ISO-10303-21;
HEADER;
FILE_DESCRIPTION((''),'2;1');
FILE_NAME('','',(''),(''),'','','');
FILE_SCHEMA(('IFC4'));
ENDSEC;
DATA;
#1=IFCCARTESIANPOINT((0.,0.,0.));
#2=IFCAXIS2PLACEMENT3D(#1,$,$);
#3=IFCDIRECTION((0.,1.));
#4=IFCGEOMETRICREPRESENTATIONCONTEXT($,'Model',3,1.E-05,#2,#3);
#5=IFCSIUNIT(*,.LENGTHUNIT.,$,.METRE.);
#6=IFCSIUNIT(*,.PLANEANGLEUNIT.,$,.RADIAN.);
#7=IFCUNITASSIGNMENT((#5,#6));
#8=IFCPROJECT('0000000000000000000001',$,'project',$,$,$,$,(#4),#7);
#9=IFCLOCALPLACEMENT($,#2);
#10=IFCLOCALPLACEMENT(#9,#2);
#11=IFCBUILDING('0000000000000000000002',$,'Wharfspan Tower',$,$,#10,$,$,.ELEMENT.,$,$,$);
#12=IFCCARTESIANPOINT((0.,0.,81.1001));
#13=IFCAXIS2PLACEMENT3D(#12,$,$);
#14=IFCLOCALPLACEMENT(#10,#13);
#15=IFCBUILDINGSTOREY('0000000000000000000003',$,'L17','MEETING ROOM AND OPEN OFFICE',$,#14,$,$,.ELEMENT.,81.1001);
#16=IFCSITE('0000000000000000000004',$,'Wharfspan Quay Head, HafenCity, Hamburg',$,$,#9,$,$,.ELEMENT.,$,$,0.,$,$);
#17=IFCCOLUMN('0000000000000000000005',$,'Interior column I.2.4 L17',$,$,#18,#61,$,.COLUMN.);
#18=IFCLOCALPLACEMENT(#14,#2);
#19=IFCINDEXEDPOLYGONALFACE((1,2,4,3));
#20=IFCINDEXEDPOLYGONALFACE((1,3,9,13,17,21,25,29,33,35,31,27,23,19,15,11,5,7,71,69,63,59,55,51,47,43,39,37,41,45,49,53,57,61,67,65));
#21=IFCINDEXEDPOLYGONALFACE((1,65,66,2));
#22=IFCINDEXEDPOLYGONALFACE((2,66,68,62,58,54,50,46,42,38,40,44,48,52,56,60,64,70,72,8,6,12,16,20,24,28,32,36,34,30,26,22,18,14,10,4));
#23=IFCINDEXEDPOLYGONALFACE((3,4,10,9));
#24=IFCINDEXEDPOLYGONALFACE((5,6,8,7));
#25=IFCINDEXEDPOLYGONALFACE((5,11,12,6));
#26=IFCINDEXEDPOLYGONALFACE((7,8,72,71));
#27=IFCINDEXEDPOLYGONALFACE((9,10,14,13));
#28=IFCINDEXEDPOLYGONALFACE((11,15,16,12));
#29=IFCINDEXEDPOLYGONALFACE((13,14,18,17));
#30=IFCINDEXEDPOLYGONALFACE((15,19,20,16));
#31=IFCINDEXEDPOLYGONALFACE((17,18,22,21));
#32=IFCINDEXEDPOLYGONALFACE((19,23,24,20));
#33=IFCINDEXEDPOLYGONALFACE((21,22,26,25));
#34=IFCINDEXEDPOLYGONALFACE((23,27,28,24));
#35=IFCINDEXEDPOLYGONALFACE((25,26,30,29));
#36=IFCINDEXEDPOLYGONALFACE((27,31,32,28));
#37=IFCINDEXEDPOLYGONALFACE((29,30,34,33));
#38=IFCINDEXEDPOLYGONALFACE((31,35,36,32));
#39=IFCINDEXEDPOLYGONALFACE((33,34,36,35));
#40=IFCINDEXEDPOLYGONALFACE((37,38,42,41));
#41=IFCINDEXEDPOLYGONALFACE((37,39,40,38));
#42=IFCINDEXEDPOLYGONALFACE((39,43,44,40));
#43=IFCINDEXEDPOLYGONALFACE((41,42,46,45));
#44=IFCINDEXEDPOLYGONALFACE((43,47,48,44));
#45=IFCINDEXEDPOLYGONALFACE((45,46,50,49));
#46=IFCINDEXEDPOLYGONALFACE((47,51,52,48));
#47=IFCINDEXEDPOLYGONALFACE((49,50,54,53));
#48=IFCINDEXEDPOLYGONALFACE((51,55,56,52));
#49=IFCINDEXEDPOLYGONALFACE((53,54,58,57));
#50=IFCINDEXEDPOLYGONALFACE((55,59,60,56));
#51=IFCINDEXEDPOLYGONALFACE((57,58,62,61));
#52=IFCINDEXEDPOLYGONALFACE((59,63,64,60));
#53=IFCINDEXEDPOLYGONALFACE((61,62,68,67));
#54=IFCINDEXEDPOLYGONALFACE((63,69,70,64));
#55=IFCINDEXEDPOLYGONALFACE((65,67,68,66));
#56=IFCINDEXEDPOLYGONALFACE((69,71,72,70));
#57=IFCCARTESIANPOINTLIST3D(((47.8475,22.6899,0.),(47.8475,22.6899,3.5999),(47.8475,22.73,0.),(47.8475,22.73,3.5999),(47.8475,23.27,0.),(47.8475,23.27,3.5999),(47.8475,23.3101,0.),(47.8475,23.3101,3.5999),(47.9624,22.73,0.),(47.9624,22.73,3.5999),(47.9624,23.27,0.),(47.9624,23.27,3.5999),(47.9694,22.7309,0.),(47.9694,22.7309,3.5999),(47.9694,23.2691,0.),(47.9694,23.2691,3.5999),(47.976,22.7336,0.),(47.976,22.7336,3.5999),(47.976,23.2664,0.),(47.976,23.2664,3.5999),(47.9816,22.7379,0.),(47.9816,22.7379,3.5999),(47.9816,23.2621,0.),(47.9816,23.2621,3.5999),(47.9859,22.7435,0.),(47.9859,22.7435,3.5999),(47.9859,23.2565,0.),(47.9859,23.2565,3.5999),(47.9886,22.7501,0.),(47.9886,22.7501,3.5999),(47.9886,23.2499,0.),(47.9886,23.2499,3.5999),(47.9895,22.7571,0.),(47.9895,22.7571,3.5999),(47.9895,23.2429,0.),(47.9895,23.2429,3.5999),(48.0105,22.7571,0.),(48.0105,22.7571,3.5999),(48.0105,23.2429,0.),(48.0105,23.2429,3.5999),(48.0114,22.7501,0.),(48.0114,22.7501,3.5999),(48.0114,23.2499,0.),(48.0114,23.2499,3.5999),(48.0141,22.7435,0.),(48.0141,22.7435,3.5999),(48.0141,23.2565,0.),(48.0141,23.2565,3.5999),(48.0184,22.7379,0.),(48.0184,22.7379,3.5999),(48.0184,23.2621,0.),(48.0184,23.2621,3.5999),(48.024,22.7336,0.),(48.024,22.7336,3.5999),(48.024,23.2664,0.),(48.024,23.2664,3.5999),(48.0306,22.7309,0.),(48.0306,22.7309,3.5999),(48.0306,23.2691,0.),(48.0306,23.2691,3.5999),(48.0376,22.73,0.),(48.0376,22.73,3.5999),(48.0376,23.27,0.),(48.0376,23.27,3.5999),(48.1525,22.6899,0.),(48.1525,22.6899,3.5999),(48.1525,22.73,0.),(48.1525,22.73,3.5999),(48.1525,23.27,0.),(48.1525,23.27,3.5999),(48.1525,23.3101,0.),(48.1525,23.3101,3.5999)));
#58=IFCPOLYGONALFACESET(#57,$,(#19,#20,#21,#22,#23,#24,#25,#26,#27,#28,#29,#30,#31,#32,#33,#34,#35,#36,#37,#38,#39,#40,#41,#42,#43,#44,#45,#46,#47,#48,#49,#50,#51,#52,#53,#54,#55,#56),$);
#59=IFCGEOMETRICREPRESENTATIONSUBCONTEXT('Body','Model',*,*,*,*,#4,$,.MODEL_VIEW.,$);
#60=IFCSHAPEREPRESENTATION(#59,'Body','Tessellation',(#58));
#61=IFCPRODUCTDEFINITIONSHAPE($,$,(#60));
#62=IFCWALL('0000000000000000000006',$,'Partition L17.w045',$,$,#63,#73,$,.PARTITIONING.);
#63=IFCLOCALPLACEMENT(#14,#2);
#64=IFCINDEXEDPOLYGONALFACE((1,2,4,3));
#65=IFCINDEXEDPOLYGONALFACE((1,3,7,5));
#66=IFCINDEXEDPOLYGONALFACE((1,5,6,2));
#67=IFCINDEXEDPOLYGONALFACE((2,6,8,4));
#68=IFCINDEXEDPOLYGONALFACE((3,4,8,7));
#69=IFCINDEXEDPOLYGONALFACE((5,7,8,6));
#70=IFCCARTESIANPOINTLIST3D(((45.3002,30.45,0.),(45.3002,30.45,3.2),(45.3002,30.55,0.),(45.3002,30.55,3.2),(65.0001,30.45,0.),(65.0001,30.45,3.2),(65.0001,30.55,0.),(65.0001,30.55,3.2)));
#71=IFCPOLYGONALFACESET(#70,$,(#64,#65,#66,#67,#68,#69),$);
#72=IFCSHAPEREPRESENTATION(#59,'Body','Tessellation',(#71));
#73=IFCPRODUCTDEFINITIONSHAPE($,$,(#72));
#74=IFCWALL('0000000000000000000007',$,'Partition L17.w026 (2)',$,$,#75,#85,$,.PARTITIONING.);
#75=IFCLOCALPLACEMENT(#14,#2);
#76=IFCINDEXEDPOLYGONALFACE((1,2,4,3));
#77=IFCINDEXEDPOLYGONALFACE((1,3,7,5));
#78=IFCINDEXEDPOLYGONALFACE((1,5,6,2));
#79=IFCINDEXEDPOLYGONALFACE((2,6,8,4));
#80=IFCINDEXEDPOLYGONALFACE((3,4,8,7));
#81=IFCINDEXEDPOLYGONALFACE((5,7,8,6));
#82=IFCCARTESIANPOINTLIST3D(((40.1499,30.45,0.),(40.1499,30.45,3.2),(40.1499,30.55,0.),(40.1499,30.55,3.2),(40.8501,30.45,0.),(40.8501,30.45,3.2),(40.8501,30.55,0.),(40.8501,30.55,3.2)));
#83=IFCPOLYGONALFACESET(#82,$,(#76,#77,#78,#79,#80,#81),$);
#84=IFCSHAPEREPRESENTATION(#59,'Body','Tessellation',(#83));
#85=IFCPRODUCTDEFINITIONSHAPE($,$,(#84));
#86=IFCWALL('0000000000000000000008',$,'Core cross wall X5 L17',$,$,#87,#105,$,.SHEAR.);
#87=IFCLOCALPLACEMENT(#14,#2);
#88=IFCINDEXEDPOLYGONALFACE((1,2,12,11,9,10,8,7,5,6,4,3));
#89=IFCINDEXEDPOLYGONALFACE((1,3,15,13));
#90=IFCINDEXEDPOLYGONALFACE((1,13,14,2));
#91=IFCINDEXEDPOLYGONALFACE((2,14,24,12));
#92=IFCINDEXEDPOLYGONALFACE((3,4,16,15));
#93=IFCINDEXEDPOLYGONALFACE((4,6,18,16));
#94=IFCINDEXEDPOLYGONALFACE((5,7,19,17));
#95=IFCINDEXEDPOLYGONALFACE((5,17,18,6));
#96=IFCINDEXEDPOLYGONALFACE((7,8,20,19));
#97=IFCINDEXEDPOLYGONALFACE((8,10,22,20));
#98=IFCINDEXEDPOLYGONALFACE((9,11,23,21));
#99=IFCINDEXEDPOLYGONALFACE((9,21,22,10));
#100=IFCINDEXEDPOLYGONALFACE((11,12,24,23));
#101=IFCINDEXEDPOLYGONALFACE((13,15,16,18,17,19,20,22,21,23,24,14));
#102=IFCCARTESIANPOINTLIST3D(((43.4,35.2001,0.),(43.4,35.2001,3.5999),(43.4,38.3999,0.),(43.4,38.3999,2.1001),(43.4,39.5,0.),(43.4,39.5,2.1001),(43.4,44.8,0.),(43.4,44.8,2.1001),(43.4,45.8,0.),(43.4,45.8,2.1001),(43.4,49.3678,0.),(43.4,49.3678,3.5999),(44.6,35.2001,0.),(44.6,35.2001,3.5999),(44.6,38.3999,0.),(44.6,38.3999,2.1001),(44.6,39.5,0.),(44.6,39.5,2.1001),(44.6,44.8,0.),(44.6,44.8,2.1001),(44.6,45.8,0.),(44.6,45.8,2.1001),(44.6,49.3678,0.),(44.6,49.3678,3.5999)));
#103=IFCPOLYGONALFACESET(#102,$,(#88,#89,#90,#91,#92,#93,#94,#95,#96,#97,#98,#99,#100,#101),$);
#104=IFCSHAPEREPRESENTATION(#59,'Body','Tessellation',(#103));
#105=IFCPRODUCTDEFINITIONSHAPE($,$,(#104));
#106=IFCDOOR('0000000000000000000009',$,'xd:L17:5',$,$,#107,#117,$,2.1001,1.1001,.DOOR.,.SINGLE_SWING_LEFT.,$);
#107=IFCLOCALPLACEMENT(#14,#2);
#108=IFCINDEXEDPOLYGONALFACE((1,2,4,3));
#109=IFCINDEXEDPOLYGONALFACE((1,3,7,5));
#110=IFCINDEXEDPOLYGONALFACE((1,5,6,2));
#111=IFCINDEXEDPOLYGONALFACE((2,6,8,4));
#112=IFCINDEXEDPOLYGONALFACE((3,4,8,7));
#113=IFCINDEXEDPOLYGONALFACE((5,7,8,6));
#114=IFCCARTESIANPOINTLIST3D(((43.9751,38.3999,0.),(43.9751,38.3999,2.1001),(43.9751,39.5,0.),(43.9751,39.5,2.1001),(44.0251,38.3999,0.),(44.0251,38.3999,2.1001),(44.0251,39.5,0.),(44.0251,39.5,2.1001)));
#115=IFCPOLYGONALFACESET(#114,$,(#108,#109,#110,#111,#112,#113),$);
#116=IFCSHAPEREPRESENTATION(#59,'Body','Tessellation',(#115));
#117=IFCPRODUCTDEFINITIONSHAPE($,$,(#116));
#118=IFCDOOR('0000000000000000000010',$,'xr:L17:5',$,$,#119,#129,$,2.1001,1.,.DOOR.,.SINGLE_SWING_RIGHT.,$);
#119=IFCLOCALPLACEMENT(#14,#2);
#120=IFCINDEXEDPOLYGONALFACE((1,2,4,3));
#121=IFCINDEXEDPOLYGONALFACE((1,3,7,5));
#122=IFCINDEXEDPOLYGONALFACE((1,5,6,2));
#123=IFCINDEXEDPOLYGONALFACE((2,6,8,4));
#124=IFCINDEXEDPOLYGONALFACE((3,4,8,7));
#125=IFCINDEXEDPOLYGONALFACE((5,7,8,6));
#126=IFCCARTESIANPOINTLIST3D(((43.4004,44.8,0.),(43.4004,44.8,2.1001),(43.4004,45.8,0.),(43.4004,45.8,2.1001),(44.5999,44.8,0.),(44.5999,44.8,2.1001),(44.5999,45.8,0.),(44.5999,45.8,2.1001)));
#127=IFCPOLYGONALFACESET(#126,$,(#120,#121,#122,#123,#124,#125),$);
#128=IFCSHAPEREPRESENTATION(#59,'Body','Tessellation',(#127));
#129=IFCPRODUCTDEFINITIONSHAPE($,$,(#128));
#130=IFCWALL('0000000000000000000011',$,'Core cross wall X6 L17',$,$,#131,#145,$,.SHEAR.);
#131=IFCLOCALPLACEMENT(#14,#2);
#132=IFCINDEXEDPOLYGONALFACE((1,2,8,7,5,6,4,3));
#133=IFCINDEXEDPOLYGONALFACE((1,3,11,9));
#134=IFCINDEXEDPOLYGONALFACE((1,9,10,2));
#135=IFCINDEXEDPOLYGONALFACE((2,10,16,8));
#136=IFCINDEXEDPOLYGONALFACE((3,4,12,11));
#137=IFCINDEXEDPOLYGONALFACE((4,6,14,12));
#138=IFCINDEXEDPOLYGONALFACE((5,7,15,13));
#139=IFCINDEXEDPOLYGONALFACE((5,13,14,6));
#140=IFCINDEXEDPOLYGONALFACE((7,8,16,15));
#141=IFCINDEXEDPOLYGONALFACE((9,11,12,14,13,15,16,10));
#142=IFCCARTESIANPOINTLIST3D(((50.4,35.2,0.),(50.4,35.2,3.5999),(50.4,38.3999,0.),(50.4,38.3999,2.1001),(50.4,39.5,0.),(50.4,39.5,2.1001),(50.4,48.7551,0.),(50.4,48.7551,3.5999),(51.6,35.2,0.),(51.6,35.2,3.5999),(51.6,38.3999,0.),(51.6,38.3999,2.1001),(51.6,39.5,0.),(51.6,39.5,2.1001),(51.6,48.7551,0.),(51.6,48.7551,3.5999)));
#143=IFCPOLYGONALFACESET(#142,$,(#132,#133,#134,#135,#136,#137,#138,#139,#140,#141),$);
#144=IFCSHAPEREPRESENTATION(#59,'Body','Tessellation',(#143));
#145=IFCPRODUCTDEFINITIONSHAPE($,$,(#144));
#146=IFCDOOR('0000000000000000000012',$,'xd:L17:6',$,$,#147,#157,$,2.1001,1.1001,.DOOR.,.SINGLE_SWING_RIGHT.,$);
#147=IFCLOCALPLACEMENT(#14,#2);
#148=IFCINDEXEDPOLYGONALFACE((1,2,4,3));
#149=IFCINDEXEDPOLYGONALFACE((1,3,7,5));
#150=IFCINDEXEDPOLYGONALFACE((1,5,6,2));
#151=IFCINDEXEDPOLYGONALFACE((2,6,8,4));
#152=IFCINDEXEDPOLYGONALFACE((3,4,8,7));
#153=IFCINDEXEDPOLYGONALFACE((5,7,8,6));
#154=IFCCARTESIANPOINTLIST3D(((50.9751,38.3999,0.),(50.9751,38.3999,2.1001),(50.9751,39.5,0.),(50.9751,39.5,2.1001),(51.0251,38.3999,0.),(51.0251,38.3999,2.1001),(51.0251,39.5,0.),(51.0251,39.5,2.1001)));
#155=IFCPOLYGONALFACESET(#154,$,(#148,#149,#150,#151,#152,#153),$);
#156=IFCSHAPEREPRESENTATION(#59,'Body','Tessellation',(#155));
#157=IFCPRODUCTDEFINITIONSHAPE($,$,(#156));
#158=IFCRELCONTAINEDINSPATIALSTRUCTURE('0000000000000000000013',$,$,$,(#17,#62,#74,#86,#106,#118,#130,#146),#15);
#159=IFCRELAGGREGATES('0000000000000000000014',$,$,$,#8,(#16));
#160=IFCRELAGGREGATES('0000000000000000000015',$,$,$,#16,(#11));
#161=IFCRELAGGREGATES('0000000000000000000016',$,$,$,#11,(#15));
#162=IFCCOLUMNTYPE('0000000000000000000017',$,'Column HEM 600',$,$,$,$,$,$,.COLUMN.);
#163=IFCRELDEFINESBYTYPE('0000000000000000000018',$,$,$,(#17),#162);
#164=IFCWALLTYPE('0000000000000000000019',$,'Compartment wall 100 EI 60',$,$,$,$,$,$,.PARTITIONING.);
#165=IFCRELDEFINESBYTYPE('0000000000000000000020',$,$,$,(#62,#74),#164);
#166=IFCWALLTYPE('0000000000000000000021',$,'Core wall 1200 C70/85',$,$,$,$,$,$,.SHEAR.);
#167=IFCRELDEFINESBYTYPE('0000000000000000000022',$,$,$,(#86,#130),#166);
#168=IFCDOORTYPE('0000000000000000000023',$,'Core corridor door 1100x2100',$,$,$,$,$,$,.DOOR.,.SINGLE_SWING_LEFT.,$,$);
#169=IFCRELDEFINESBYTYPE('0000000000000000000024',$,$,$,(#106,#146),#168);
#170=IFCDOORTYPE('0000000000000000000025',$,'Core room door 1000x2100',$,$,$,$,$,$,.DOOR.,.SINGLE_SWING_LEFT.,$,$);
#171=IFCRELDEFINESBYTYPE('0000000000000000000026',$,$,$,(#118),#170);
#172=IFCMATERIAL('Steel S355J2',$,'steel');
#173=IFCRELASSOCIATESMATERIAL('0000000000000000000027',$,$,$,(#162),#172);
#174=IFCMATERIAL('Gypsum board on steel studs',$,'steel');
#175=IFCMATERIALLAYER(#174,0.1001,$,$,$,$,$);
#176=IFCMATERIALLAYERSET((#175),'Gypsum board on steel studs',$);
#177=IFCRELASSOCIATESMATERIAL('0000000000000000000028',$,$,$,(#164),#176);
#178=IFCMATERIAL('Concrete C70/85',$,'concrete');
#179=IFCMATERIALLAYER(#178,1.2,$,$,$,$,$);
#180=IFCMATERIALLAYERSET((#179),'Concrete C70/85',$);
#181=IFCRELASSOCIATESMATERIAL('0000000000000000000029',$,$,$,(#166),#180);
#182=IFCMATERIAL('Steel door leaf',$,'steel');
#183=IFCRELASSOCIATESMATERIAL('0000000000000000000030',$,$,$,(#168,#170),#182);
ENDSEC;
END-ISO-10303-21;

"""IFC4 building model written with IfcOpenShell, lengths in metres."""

from ifc_helpers import new_model, si_unit, direction, frame, frame_2d, origin, origin_2d, place, context, subcontext, project, spatial, rectangle, i_section, extrude, material, layer, layer_set, material_profile, profile_set, type_object, element, fill, save


model = new_model("IFC4")

# Units and contexts
model_context = context("Model", 3, precision=1e-05, world=origin(), true_north=direction((0.0, 1.0)))
body_context = subcontext(model_context, "Body", "Model", "MODEL_VIEW")
ifc_project = project(units=[si_unit("LENGTHUNIT", "METRE"), si_unit("PLANEANGLEUNIT", "RADIAN")], contexts=[model_context])

# Site, building, storey
site_placement = place(None, origin())
site = spatial("IfcSite", under=ifc_project, at=site_placement, Name="Wharfspan Quay Head, HafenCity, Hamburg", CompositionType="ELEMENT", RefElevation=0.0)
building_placement = place(site_placement, origin())
building = spatial("IfcBuilding", under=site, at=building_placement, Name="Wharfspan Tower", CompositionType="ELEMENT")
storey_placement = place(building_placement, frame((0.0, 0.0, 81.1001)))
storey = spatial("IfcBuildingStorey", under=building, at=storey_placement, Name="L17", Description="MEETING ROOM AND OPEN OFFICE", CompositionType="ELEMENT", Elevation=81.1001)

# Column
ifc_material_1 = material(Name="Steel S355J2", Category="steel")
ifc_material_profile = material_profile(ifc_material_1, i_section(OverallWidth=0.3049, OverallDepth=0.6201, WebThickness=0.021, FlangeThickness=0.04, FilletRadius=0.0271, at=origin_2d()))
ifc_profile_set = profile_set([ifc_material_profile], Name="Steel S355J2")
column_type = type_object("IfcColumnType", Name="Column HEM 600", PredefinedType="COLUMN", material=ifc_profile_set)
column_placement = place(storey_placement, frame((48.0, 23.0, 0.0), z_axis=(0.0, 0.0, 1.0), x_axis=(1.0, 0.0, 0.0)))
element("IfcColumn", 1, at=column_placement, inside=storey, type_object=column_type, Name="Interior column I.2.4 L17", PredefinedType="COLUMN", context=body_context, shape_type="SweptSolid", body=[
    extrude(i_section(OverallWidth=0.3049, OverallDepth=0.6201, WebThickness=0.021, FlangeThickness=0.04, FilletRadius=0.0271, at=origin_2d()), origin(), (0.0, 0.0, 1.0), 3.5999),
])

# Walls
ifc_material_2 = material(Name="Gypsum board on steel studs", Category="steel")
ifc_layer_1 = layer(ifc_material_2, 0.1001)
ifc_layer_set_1 = layer_set([ifc_layer_1], Name="Gypsum board on steel studs")
wall_type_1 = type_object("IfcWallType", Name="Compartment wall 100 EI 60", PredefinedType="PARTITIONING", material=ifc_layer_set_1)
wall_1_placement = place(storey_placement, frame((45.3, 30.5, 0.0), z_axis=(0.0, 0.0, 1.0), x_axis=(1.0, 0.0, 0.0)))
element("IfcWall", 2, at=wall_1_placement, inside=storey, type_object=wall_type_1, Name="Partition L17.w045", PredefinedType="PARTITIONING", context=body_context, shape_type="SweptSolid", body=[
    extrude(rectangle(XDim=19.7, YDim=0.1001, at=frame_2d((9.8501, 0.0))), origin(), (0.0, 0.0, 1.0), 3.2),
])
wall_2_placement = place(storey_placement, frame((40.1499, 30.5, 0.0), z_axis=(0.0, 0.0, 1.0), x_axis=(1.0, 0.0, 0.0)))
element("IfcWall", 3, at=wall_2_placement, inside=storey, type_object=wall_type_1, Name="Partition L17.w026 (2)", PredefinedType="PARTITIONING", context=body_context, shape_type="SweptSolid", body=[
    extrude(rectangle(XDim=0.7002, YDim=0.1001, at=frame_2d((0.3501, 0.0))), origin(), (0.0, 0.0, 1.0), 3.2),
])

# Wall, openings, doors
ifc_material_3 = material(Name="Concrete C70/85", Category="concrete")
ifc_layer_2 = layer(ifc_material_3, 1.2)
ifc_layer_set_2 = layer_set([ifc_layer_2], Name="Concrete C70/85")
wall_type_2 = type_object("IfcWallType", Name="Core wall 1200 C70/85", PredefinedType="SHEAR", material=ifc_layer_set_2)
wall_3_placement = place(storey_placement, frame((44.0, 35.2, 0.0), z_axis=(0.0, 0.0, 1.0), x_axis=(0.0, 1.0, 0.0)))
wall_3 = element("IfcWall", 4, at=wall_3_placement, inside=storey, type_object=wall_type_2, Name="Core cross wall X5 L17", PredefinedType="SHEAR", context=body_context, shape_type="SweptSolid", body=[
    extrude(rectangle(XDim=14.1677, YDim=1.2, at=frame_2d((7.084, 0.0))), origin(), (0.0, 0.0, 1.0), 3.5999),
])
opening_1_placement = place(wall_3_placement, frame((3.2, 0.0, 0.0)))
opening_1 = element("IfcOpeningElement", 5, at=opening_1_placement, cuts=wall_3, PredefinedType="OPENING", context=body_context, shape_type="SweptSolid", body=[
    extrude(rectangle(XDim=1.1001, YDim=2.1001, at=frame_2d((0.55, 1.05))), frame((0.0, 0.6099, 0.0), z_axis=(0.0, -1.0, 0.0), x_axis=(1.0, 0.0, 0.0)), (0.0, 0.0, 1.0), 1.22),
])
opening_2_placement = place(wall_3_placement, frame((9.6001, 0.0, 0.0)))
opening_2 = element("IfcOpeningElement", 6, at=opening_2_placement, cuts=wall_3, PredefinedType="OPENING", context=body_context, shape_type="SweptSolid", body=[
    extrude(rectangle(XDim=1.0, YDim=2.1001, at=frame_2d((0.5, 1.05))), frame((0.0, 0.6099, 0.0), z_axis=(0.0, -1.0, 0.0), x_axis=(1.0, 0.0, 0.0)), (0.0, 0.0, 1.0), 1.22),
])
ifc_material_4 = material(Name="Steel door leaf", Category="steel")
door_type_1 = type_object("IfcDoorType", Name="Core corridor door 1100x2100", OperationType="SINGLE_SWING_LEFT", PredefinedType="DOOR", material=ifc_material_4)
door_1_placement = place(opening_1_placement, origin())
door_1 = element("IfcDoor", 7, at=door_1_placement, inside=storey, type_object=door_type_1, Name="xd:L17:5", OperationType="SINGLE_SWING_LEFT", OverallHeight=2.1001, OverallWidth=1.1001, PredefinedType="DOOR", context=body_context, shape_type="SweptSolid", body=[
    extrude(rectangle(XDim=1.1001, YDim=2.1001, at=frame_2d((0.55, 1.05))), frame((0.0, 0.0249, 0.0), z_axis=(0.0, -1.0, 0.0), x_axis=(1.0, 0.0, 0.0)), (0.0, 0.0, 1.0), 0.05),
])
fill(opening_1, door_1)
door_type_2 = type_object("IfcDoorType", Name="Core room door 1000x2100", OperationType="SINGLE_SWING_LEFT", PredefinedType="DOOR", material=ifc_material_4)
door_2_placement = place(opening_2_placement, origin())
door_2 = element("IfcDoor", 8, at=door_2_placement, inside=storey, type_object=door_type_2, Name="xr:L17:5", OperationType="SINGLE_SWING_RIGHT", OverallHeight=2.1001, OverallWidth=1.0, PredefinedType="DOOR", context=body_context, shape_type="SweptSolid", body=[
    extrude(rectangle(XDim=1.0, YDim=2.1001, at=frame_2d((0.5, 1.05))), frame((0.0, 0.5996, 0.0), z_axis=(0.0, -1.0, 0.0), x_axis=(1.0, 0.0, 0.0)), (0.0, 0.0, 1.0), 1.1995),
])
fill(opening_2, door_2)

# Wall, opening, door
wall_4_placement = place(storey_placement, frame((51.0, 35.2, 0.0), z_axis=(0.0, 0.0, 1.0), x_axis=(0.0, 1.0, 0.0)))
wall_4 = element("IfcWall", 9, at=wall_4_placement, inside=storey, type_object=wall_type_2, Name="Core cross wall X6 L17", PredefinedType="SHEAR", context=body_context, shape_type="SweptSolid", body=[
    extrude(rectangle(XDim=13.5552, YDim=1.2, at=frame_2d((6.7776, 0.0))), origin(), (0.0, 0.0, 1.0), 3.5999),
])
opening_3_placement = place(wall_4_placement, frame((3.2, 0.0, 0.0)))
opening_3 = element("IfcOpeningElement", 10, at=opening_3_placement, cuts=wall_4, PredefinedType="OPENING", context=body_context, shape_type="SweptSolid", body=[
    extrude(rectangle(XDim=1.1001, YDim=2.1001, at=frame_2d((0.55, 1.05))), frame((0.0, 0.6099, 0.0), z_axis=(0.0, -1.0, 0.0), x_axis=(1.0, 0.0, 0.0)), (0.0, 0.0, 1.0), 1.22),
])
door_3_placement = place(opening_3_placement, origin())
door_3 = element("IfcDoor", 11, at=door_3_placement, inside=storey, type_object=door_type_1, Name="xd:L17:6", OperationType="SINGLE_SWING_RIGHT", OverallHeight=2.1001, OverallWidth=1.1001, PredefinedType="DOOR", context=body_context, shape_type="SweptSolid", body=[
    extrude(rectangle(XDim=1.1001, YDim=2.1001, at=frame_2d((0.55, 1.05))), frame((0.0, 0.0249, 0.0), z_axis=(0.0, -1.0, 0.0), x_axis=(1.0, 0.0, 0.0)), (0.0, 0.0, 1.0), 0.05),
])
fill(opening_3, door_3)

save(model, "model.ifc")
